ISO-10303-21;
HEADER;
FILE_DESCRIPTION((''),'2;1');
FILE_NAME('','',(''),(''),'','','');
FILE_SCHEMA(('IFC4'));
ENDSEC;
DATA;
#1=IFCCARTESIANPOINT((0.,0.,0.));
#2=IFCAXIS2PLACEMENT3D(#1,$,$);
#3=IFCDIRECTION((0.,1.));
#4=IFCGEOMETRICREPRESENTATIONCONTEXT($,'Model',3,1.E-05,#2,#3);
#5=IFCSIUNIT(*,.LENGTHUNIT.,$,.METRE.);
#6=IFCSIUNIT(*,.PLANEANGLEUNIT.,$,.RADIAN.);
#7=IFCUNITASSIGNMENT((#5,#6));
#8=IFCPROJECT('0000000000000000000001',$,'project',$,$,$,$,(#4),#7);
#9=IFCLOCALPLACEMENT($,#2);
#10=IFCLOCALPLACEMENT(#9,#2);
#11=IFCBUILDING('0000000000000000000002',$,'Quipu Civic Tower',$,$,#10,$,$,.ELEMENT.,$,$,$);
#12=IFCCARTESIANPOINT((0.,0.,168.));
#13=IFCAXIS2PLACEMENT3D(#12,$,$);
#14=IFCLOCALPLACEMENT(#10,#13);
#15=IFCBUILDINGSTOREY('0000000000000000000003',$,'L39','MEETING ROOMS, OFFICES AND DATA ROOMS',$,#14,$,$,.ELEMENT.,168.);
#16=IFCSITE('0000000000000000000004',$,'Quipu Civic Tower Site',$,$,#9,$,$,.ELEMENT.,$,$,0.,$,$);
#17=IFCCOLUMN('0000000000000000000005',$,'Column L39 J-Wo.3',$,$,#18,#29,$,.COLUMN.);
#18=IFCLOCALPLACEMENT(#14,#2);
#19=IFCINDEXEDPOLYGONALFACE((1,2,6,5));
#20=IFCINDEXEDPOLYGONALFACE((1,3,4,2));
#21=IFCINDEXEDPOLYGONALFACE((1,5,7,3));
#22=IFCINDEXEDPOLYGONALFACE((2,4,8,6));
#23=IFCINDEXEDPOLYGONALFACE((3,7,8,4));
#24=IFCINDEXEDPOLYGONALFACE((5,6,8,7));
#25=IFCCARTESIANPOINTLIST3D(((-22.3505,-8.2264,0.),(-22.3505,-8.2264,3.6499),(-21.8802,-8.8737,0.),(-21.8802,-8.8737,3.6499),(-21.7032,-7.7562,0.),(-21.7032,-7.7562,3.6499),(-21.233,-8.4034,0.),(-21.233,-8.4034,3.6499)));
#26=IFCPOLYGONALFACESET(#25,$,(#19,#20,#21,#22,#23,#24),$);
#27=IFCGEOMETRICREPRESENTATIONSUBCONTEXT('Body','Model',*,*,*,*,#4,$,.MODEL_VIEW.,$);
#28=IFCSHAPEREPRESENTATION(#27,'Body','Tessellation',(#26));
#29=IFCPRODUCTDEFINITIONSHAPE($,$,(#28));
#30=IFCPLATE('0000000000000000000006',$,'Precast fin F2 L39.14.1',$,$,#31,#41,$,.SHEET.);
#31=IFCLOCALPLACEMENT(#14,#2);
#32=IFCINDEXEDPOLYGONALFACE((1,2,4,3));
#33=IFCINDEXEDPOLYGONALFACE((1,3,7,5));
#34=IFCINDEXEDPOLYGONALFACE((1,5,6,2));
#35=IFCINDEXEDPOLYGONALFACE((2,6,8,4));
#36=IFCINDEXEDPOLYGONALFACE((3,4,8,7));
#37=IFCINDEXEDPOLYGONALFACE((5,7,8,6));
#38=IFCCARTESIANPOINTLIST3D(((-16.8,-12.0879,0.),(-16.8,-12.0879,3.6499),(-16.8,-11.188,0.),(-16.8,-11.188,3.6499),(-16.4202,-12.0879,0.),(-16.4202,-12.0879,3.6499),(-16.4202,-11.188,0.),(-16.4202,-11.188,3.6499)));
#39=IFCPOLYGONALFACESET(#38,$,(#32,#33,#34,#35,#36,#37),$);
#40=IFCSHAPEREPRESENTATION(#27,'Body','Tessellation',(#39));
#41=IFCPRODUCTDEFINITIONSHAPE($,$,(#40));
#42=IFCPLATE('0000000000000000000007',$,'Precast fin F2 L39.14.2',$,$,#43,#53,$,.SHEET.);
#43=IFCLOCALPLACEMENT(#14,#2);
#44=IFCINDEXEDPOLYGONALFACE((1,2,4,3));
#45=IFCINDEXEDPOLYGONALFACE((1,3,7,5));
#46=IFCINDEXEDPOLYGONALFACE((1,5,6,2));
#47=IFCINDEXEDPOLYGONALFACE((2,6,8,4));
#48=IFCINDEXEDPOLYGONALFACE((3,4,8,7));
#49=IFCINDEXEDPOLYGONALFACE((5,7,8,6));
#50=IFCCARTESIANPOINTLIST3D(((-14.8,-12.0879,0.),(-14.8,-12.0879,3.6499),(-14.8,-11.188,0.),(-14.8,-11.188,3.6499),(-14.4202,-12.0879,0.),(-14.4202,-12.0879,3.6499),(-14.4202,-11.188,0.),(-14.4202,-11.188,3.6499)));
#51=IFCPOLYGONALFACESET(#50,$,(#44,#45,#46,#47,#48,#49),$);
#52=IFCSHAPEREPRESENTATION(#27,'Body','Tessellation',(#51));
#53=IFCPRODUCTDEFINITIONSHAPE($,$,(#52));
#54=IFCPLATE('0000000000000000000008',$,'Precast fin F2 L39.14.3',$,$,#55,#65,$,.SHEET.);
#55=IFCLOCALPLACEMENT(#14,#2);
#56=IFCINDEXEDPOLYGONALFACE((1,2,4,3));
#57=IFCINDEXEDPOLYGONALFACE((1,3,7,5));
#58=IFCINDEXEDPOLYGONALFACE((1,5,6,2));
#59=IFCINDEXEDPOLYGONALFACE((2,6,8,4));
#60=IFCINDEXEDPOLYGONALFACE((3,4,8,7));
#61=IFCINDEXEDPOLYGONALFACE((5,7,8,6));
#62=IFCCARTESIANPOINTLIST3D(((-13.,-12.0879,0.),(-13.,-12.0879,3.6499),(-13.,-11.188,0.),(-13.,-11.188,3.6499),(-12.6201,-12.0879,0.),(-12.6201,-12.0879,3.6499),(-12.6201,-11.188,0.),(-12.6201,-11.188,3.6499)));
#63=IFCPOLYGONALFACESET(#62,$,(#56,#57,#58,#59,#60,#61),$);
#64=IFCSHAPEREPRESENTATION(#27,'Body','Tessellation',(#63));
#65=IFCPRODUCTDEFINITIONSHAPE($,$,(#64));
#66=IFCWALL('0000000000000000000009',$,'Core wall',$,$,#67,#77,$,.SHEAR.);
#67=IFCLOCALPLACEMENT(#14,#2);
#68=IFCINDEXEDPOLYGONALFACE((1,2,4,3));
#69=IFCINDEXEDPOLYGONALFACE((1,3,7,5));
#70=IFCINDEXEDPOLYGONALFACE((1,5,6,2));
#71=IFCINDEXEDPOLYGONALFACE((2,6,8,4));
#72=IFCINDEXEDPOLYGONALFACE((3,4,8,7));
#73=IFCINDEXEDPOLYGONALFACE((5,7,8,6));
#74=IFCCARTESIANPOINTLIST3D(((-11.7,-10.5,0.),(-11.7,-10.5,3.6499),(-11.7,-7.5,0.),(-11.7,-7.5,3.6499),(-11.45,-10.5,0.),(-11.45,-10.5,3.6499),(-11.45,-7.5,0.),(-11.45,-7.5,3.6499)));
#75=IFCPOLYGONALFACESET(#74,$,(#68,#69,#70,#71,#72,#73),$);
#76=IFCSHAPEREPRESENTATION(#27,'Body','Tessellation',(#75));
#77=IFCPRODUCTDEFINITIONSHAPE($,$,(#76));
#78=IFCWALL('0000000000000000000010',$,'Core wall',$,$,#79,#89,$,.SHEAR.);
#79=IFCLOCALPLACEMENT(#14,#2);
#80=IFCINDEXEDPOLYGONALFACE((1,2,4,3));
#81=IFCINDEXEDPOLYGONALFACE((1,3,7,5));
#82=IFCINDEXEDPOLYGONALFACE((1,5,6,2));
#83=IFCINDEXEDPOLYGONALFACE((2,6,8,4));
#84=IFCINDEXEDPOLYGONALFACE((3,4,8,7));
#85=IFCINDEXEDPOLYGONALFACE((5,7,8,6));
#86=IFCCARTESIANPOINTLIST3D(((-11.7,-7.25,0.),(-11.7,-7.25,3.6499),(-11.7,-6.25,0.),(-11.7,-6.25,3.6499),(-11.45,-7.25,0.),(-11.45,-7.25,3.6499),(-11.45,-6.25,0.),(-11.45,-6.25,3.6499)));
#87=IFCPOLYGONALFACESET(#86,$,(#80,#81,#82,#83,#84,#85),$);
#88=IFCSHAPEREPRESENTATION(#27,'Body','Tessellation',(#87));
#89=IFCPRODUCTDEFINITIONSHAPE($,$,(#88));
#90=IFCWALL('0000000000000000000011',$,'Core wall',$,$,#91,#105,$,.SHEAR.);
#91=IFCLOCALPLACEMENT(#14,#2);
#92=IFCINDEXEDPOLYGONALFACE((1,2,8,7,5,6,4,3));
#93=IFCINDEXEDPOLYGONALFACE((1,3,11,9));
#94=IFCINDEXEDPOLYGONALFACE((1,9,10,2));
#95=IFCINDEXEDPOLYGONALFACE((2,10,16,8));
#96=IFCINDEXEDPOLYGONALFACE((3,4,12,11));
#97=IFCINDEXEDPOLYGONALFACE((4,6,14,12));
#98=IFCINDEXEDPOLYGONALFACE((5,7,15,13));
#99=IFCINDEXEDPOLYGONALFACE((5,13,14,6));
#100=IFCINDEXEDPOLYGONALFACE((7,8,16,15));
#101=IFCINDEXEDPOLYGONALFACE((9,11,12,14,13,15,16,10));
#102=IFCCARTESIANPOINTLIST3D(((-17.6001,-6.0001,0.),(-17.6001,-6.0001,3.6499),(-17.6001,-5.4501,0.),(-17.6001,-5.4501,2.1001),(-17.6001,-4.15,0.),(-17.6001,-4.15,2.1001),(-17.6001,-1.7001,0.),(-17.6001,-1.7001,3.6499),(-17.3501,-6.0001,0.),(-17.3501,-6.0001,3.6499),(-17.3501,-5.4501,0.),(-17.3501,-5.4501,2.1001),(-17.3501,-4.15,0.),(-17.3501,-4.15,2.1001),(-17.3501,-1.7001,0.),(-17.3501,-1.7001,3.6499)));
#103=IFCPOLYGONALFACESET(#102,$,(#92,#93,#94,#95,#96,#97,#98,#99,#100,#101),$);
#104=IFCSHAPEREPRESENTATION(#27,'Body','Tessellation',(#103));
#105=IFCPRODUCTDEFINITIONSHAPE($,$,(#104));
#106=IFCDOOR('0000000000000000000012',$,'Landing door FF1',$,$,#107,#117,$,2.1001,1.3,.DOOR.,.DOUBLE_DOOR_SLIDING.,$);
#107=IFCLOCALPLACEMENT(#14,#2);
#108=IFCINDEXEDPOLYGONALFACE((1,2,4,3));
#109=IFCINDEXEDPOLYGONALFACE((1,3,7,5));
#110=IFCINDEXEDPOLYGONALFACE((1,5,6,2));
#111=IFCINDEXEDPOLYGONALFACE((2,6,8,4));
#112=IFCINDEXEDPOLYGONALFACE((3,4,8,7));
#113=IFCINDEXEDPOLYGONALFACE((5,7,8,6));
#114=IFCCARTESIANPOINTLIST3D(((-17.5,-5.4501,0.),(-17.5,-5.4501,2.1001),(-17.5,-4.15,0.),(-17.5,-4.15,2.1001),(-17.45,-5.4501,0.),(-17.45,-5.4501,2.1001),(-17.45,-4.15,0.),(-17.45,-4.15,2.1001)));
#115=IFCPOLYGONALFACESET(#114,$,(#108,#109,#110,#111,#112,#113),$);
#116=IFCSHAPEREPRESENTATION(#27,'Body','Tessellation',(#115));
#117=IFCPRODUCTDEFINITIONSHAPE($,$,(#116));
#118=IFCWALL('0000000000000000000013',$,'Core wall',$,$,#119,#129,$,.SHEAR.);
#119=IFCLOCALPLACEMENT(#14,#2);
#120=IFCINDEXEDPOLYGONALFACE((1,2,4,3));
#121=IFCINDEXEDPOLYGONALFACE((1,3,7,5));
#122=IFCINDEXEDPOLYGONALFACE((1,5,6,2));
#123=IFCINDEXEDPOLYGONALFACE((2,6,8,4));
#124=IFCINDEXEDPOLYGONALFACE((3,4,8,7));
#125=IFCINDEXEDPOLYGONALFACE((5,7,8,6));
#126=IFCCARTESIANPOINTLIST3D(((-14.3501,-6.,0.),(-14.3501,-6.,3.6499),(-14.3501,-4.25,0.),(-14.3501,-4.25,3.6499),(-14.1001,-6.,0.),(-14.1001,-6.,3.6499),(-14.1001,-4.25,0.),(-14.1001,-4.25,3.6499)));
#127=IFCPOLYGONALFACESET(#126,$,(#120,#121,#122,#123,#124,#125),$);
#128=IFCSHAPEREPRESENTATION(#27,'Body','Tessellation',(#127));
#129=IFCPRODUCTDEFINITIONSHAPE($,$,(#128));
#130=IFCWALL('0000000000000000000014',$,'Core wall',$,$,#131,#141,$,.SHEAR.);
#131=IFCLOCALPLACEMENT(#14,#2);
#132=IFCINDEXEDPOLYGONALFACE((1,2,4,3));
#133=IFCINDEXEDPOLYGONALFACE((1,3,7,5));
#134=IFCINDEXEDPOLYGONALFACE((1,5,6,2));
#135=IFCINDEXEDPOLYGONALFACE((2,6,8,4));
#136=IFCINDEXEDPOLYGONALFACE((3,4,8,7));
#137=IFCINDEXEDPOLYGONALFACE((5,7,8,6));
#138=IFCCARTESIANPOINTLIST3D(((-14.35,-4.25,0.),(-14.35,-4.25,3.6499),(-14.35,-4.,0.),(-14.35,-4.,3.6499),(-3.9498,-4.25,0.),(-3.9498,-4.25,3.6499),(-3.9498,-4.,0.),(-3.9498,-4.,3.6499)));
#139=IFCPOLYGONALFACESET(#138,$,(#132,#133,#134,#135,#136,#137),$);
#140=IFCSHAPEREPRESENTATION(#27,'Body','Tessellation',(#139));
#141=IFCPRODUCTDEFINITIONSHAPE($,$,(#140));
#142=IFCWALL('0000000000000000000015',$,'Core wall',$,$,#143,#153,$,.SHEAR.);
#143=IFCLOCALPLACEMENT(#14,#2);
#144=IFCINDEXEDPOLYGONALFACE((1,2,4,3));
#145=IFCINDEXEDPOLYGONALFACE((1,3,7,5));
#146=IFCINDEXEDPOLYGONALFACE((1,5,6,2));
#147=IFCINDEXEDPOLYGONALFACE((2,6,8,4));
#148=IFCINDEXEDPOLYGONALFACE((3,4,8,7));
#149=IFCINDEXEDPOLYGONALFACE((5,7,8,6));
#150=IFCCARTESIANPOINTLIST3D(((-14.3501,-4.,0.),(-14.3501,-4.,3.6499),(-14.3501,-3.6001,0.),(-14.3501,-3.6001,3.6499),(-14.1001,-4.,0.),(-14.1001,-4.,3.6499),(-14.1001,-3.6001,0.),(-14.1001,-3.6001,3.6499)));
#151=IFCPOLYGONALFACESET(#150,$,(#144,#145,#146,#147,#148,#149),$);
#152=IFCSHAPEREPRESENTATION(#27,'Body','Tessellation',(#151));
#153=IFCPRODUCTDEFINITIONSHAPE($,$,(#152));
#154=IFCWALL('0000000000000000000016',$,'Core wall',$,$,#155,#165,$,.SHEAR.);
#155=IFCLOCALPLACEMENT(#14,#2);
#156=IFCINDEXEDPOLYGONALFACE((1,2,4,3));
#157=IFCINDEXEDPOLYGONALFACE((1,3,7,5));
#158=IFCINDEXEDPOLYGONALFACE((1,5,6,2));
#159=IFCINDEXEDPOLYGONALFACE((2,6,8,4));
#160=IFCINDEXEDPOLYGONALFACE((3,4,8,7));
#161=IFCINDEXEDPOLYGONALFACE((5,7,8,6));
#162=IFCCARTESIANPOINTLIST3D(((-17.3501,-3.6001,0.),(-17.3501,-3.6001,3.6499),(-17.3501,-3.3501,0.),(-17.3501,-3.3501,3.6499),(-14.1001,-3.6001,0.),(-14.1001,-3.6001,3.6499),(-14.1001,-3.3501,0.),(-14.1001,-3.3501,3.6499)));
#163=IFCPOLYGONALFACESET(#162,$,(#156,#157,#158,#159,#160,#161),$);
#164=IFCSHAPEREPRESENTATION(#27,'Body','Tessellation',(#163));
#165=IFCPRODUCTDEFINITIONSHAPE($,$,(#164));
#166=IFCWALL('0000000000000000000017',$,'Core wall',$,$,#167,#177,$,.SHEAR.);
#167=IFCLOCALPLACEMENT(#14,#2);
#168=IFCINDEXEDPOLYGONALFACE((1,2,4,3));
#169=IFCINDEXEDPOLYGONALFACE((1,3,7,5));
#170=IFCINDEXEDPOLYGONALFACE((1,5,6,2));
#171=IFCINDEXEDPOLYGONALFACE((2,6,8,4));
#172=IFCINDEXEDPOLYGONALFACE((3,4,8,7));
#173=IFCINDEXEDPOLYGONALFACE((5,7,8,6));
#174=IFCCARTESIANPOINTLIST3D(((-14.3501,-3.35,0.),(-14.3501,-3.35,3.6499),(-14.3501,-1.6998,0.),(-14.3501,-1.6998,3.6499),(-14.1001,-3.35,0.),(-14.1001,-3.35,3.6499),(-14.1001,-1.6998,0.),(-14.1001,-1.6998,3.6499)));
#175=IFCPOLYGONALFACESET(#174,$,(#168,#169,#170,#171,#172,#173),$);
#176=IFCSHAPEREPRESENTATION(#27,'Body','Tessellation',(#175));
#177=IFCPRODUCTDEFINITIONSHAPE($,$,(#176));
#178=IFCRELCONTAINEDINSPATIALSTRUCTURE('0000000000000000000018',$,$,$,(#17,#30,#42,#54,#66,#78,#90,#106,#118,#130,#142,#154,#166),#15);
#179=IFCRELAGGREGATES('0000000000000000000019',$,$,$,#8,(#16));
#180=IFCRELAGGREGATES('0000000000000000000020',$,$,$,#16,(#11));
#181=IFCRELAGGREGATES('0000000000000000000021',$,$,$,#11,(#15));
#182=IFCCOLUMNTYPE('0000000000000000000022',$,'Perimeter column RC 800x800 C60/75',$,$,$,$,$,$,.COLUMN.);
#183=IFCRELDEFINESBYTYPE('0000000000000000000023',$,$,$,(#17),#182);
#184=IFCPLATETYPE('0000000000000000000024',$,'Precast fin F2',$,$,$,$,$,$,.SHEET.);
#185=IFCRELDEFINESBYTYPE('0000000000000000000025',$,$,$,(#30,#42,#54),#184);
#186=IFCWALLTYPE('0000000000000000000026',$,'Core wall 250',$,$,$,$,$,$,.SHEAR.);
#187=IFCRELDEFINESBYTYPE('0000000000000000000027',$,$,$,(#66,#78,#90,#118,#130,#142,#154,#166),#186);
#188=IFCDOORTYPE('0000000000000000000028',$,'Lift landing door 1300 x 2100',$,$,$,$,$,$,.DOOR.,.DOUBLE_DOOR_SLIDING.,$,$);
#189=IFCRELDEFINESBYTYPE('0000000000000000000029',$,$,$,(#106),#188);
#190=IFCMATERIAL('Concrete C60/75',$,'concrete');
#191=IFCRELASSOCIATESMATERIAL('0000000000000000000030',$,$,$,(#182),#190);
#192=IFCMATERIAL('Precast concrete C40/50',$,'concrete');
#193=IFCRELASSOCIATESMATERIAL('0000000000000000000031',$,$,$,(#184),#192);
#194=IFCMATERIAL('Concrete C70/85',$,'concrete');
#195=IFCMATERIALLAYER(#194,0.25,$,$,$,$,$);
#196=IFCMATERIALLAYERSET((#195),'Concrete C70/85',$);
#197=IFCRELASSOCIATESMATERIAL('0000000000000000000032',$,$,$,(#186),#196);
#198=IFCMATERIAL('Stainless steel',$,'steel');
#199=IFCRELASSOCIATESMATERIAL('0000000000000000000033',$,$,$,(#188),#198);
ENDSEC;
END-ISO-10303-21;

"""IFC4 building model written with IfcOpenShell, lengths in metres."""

from ifc_helpers import new_model, si_unit, direction, frame, frame_2d, origin, origin_2d, place, context, subcontext, project, spatial, rectangle, extrude, material, layer, layer_set, material_profile, profile_set, type_object, element, fill, save


model = new_model("IFC4")

# Units and contexts
model_context = context("Model", 3, precision=1e-05, world=origin(), true_north=direction((0.0, 1.0)))
body_context = subcontext(model_context, "Body", "Model", "MODEL_VIEW")
ifc_project = project(units=[si_unit("LENGTHUNIT", "METRE"), si_unit("PLANEANGLEUNIT", "RADIAN")], contexts=[model_context])

# Site, building, storey
site_placement = place(None, origin())
site = spatial("IfcSite", under=ifc_project, at=site_placement, Name="Quipu Civic Tower Site", CompositionType="ELEMENT", RefElevation=0.0)
building_placement = place(site_placement, origin())
building = spatial("IfcBuilding", under=site, at=building_placement, Name="Quipu Civic Tower", CompositionType="ELEMENT")
storey_placement = place(building_placement, frame((0.0, 0.0, 168.0)))
storey = spatial("IfcBuildingStorey", under=building, at=storey_placement, Name="L39", Description="MEETING ROOMS, OFFICES AND DATA ROOMS", CompositionType="ELEMENT", Elevation=168.0)

# Column
ifc_material_1 = material(Name="Concrete C60/75", Category="concrete")
ifc_material_profile = material_profile(ifc_material_1, rectangle(XDim=0.8, YDim=0.8, at=origin_2d()), Name="RC800x800")
ifc_profile_set = profile_set([ifc_material_profile], Name="Concrete C60/75")
column_type = type_object("IfcColumnType", Name="Perimeter column RC 800x800 C60/75", PredefinedType="COLUMN", material=ifc_profile_set)
column_placement = place(storey_placement, frame((-21.7917, -8.3149, 0.0), z_axis=(0.0, 0.0, 1.0), x_axis=(0.587785, -0.809017, 0.0)))
element("IfcColumn", 1, at=column_placement, inside=storey, type_object=column_type, Name="Column L39 J-Wo.3", PredefinedType="COLUMN", context=body_context, shape_type="SweptSolid", body=[
    extrude(rectangle(XDim=0.8, YDim=0.8, at=origin_2d()), origin(), (0.0, 0.0, 1.0), 3.6499),
])

# Plates
ifc_material_2 = material(Name="Precast concrete C40/50", Category="concrete")
plate_type = type_object("IfcPlateType", Name="Precast fin F2", PredefinedType="SHEET", material=ifc_material_2)
for number, where, z_axis, x_axis, name in (
    (2, (-16.6101, -11.6379, 0.0), (0.0, 0.0, 1.0), (1.0, 0.0, 0.0), "Precast fin F2 L39.14.1"),
    (3, (-14.6101, -11.6379, 0.0), (0.0, 0.0, 1.0), (1.0, 0.0, 0.0), "Precast fin F2 L39.14.2"),
    (4, (-12.8101, -11.6379, 0.0), (0.0, 0.0, 1.0), (1.0, 0.0, 0.0), "Precast fin F2 L39.14.3"),
):
    element("IfcPlate", number, at=place(storey_placement, frame(where, z_axis=z_axis, x_axis=x_axis)), inside=storey, type_object=plate_type, Name=name, PredefinedType="SHEET", context=body_context, shape_type="SweptSolid", body=[
        extrude(rectangle(XDim=0.3799, YDim=0.8999, at=origin_2d()), origin(), (0.0, 0.0, 1.0), 3.6499),
    ])

# Walls
ifc_material_3 = material(Name="Concrete C70/85", Category="concrete")
ifc_layer_1 = layer(ifc_material_3, 0.25)
ifc_layer_set_1 = layer_set([ifc_layer_1], Name="Concrete C70/85")
wall_type_1 = type_object("IfcWallType", Name="Core wall 250", PredefinedType="SHEAR", material=ifc_layer_set_1)
wall_1_placement = place(storey_placement, frame((-11.575, -10.5, 0.0), z_axis=(0.0, 0.0, 1.0), x_axis=(0.0, 1.0, 0.0)))
element("IfcWall", 5, at=wall_1_placement, inside=storey, type_object=wall_type_1, Name="Core wall", PredefinedType="SHEAR", context=body_context, shape_type="SweptSolid", body=[
    extrude(rectangle(XDim=3.0, YDim=0.25, at=frame_2d((1.5, 0.0))), origin(), (0.0, 0.0, 1.0), 3.6499),
])
wall_2_placement = place(storey_placement, frame((-11.575, -7.25, 0.0), z_axis=(0.0, 0.0, 1.0), x_axis=(0.0, 1.0, 0.0)))
element("IfcWall", 6, at=wall_2_placement, inside=storey, type_object=wall_type_1, Name="Core wall", PredefinedType="SHEAR", context=body_context, shape_type="SweptSolid", body=[
    extrude(rectangle(XDim=1.0, YDim=0.25, at=frame_2d((0.5, 0.0))), origin(), (0.0, 0.0, 1.0), 3.6499),
])

# Wall, opening, door
wall_3_placement = place(storey_placement, frame((-17.4751, -6.0, 0.0), z_axis=(0.0, 0.0, 1.0), x_axis=(0.0, 1.0, 0.0)))
wall_3 = element("IfcWall", 7, at=wall_3_placement, inside=storey, type_object=wall_type_1, Name="Core wall", PredefinedType="SHEAR", context=body_context, shape_type="SweptSolid", body=[
    extrude(rectangle(XDim=4.3, YDim=0.25, at=frame_2d((2.1499, 0.0))), origin(), (0.0, 0.0, 1.0), 3.6499),
])
opening_1_placement = place(wall_3_placement, frame((0.55, 0.0, 0.0)))
opening_1 = element("IfcOpeningElement", 8, at=opening_1_placement, cuts=wall_3, PredefinedType="OPENING", context=body_context, shape_type="SweptSolid", body=[
    extrude(rectangle(XDim=1.3, YDim=2.1001, at=frame_2d((0.6499, 1.05))), frame((0.0, 0.135, 0.0), z_axis=(0.0, -1.0, 0.0), x_axis=(1.0, 0.0, 0.0)), (0.0, 0.0, 1.0), 0.27),
])
ifc_material_4 = material(Name="Stainless steel", Category="steel")
door_type_1 = type_object("IfcDoorType", Name="Lift landing door 1300 x 2100", OperationType="DOUBLE_DOOR_SLIDING", PredefinedType="DOOR", material=ifc_material_4)
door_1_placement = place(opening_1_placement, origin())
door_1 = element("IfcDoor", 9, at=door_1_placement, inside=storey, type_object=door_type_1, Name="Landing door FF1", OperationType="DOUBLE_DOOR_SLIDING", OverallHeight=2.1001, OverallWidth=1.3, PredefinedType="DOOR", context=body_context, shape_type="SweptSolid", body=[
    extrude(rectangle(XDim=1.3, YDim=2.1001, at=frame_2d((0.6499, 1.05))), frame((0.0, 0.0249, 0.0), z_axis=(0.0, -1.0, 0.0), x_axis=(1.0, 0.0, 0.0)), (0.0, 0.0, 1.0), 0.05),
])
fill(opening_1, door_1)

# Walls
wall_4_placement = place(storey_placement, frame((-14.2251, -6.0, 0.0), z_axis=(0.0, 0.0, 1.0), x_axis=(0.0, 1.0, 0.0)))
element("IfcWall", 10, at=wall_4_placement, inside=storey, type_object=wall_type_1, Name="Core wall", PredefinedType="SHEAR", context=body_context, shape_type="SweptSolid", body=[
    extrude(rectangle(XDim=1.75, YDim=0.25, at=frame_2d((0.875, 0.0))), origin(), (0.0, 0.0, 1.0), 3.6499),
])
wall_5_placement = place(storey_placement, frame((-14.3501, -4.125, 0.0), z_axis=(0.0, 0.0, 1.0), x_axis=(1.0, 0.0, 0.0)))
element("IfcWall", 11, at=wall_5_placement, inside=storey, type_object=wall_type_1, Name="Core wall", PredefinedType="SHEAR", context=body_context, shape_type="SweptSolid", body=[
    extrude(rectangle(XDim=10.4001, YDim=0.25, at=frame_2d((5.2002, 0.0))), origin(), (0.0, 0.0, 1.0), 3.6499),
])
wall_6_placement = place(storey_placement, frame((-14.2251, -4.0, 0.0), z_axis=(0.0, 0.0, 1.0), x_axis=(0.0, 1.0, 0.0)))
element("IfcWall", 12, at=wall_6_placement, inside=storey, type_object=wall_type_1, Name="Core wall", PredefinedType="SHEAR", context=body_context, shape_type="SweptSolid", body=[
    extrude(rectangle(XDim=0.3999, YDim=0.25, at=frame_2d((0.2, 0.0))), origin(), (0.0, 0.0, 1.0), 3.6499),
])
wall_7_placement = place(storey_placement, frame((-17.3501, -3.4751, 0.0), z_axis=(0.0, 0.0, 1.0), x_axis=(1.0, 0.0, 0.0)))
element("IfcWall", 13, at=wall_7_placement, inside=storey, type_object=wall_type_1, Name="Core wall", PredefinedType="SHEAR", context=body_context, shape_type="SweptSolid", body=[
    extrude(rectangle(XDim=3.25, YDim=0.25, at=frame_2d((1.625, 0.0))), origin(), (0.0, 0.0, 1.0), 3.6499),
])
wall_8_placement = place(storey_placement, frame((-14.2251, -3.3501, 0.0), z_axis=(0.0, 0.0, 1.0), x_axis=(0.0, 1.0, 0.0)))
element("IfcWall", 14, at=wall_8_placement, inside=storey, type_object=wall_type_1, Name="Core wall", PredefinedType="SHEAR", context=body_context, shape_type="SweptSolid", body=[
    extrude(rectangle(XDim=1.6501, YDim=0.25, at=frame_2d((0.8252, 0.0))), origin(), (0.0, 0.0, 1.0), 3.6499),
])

save(model, "model.ifc")
